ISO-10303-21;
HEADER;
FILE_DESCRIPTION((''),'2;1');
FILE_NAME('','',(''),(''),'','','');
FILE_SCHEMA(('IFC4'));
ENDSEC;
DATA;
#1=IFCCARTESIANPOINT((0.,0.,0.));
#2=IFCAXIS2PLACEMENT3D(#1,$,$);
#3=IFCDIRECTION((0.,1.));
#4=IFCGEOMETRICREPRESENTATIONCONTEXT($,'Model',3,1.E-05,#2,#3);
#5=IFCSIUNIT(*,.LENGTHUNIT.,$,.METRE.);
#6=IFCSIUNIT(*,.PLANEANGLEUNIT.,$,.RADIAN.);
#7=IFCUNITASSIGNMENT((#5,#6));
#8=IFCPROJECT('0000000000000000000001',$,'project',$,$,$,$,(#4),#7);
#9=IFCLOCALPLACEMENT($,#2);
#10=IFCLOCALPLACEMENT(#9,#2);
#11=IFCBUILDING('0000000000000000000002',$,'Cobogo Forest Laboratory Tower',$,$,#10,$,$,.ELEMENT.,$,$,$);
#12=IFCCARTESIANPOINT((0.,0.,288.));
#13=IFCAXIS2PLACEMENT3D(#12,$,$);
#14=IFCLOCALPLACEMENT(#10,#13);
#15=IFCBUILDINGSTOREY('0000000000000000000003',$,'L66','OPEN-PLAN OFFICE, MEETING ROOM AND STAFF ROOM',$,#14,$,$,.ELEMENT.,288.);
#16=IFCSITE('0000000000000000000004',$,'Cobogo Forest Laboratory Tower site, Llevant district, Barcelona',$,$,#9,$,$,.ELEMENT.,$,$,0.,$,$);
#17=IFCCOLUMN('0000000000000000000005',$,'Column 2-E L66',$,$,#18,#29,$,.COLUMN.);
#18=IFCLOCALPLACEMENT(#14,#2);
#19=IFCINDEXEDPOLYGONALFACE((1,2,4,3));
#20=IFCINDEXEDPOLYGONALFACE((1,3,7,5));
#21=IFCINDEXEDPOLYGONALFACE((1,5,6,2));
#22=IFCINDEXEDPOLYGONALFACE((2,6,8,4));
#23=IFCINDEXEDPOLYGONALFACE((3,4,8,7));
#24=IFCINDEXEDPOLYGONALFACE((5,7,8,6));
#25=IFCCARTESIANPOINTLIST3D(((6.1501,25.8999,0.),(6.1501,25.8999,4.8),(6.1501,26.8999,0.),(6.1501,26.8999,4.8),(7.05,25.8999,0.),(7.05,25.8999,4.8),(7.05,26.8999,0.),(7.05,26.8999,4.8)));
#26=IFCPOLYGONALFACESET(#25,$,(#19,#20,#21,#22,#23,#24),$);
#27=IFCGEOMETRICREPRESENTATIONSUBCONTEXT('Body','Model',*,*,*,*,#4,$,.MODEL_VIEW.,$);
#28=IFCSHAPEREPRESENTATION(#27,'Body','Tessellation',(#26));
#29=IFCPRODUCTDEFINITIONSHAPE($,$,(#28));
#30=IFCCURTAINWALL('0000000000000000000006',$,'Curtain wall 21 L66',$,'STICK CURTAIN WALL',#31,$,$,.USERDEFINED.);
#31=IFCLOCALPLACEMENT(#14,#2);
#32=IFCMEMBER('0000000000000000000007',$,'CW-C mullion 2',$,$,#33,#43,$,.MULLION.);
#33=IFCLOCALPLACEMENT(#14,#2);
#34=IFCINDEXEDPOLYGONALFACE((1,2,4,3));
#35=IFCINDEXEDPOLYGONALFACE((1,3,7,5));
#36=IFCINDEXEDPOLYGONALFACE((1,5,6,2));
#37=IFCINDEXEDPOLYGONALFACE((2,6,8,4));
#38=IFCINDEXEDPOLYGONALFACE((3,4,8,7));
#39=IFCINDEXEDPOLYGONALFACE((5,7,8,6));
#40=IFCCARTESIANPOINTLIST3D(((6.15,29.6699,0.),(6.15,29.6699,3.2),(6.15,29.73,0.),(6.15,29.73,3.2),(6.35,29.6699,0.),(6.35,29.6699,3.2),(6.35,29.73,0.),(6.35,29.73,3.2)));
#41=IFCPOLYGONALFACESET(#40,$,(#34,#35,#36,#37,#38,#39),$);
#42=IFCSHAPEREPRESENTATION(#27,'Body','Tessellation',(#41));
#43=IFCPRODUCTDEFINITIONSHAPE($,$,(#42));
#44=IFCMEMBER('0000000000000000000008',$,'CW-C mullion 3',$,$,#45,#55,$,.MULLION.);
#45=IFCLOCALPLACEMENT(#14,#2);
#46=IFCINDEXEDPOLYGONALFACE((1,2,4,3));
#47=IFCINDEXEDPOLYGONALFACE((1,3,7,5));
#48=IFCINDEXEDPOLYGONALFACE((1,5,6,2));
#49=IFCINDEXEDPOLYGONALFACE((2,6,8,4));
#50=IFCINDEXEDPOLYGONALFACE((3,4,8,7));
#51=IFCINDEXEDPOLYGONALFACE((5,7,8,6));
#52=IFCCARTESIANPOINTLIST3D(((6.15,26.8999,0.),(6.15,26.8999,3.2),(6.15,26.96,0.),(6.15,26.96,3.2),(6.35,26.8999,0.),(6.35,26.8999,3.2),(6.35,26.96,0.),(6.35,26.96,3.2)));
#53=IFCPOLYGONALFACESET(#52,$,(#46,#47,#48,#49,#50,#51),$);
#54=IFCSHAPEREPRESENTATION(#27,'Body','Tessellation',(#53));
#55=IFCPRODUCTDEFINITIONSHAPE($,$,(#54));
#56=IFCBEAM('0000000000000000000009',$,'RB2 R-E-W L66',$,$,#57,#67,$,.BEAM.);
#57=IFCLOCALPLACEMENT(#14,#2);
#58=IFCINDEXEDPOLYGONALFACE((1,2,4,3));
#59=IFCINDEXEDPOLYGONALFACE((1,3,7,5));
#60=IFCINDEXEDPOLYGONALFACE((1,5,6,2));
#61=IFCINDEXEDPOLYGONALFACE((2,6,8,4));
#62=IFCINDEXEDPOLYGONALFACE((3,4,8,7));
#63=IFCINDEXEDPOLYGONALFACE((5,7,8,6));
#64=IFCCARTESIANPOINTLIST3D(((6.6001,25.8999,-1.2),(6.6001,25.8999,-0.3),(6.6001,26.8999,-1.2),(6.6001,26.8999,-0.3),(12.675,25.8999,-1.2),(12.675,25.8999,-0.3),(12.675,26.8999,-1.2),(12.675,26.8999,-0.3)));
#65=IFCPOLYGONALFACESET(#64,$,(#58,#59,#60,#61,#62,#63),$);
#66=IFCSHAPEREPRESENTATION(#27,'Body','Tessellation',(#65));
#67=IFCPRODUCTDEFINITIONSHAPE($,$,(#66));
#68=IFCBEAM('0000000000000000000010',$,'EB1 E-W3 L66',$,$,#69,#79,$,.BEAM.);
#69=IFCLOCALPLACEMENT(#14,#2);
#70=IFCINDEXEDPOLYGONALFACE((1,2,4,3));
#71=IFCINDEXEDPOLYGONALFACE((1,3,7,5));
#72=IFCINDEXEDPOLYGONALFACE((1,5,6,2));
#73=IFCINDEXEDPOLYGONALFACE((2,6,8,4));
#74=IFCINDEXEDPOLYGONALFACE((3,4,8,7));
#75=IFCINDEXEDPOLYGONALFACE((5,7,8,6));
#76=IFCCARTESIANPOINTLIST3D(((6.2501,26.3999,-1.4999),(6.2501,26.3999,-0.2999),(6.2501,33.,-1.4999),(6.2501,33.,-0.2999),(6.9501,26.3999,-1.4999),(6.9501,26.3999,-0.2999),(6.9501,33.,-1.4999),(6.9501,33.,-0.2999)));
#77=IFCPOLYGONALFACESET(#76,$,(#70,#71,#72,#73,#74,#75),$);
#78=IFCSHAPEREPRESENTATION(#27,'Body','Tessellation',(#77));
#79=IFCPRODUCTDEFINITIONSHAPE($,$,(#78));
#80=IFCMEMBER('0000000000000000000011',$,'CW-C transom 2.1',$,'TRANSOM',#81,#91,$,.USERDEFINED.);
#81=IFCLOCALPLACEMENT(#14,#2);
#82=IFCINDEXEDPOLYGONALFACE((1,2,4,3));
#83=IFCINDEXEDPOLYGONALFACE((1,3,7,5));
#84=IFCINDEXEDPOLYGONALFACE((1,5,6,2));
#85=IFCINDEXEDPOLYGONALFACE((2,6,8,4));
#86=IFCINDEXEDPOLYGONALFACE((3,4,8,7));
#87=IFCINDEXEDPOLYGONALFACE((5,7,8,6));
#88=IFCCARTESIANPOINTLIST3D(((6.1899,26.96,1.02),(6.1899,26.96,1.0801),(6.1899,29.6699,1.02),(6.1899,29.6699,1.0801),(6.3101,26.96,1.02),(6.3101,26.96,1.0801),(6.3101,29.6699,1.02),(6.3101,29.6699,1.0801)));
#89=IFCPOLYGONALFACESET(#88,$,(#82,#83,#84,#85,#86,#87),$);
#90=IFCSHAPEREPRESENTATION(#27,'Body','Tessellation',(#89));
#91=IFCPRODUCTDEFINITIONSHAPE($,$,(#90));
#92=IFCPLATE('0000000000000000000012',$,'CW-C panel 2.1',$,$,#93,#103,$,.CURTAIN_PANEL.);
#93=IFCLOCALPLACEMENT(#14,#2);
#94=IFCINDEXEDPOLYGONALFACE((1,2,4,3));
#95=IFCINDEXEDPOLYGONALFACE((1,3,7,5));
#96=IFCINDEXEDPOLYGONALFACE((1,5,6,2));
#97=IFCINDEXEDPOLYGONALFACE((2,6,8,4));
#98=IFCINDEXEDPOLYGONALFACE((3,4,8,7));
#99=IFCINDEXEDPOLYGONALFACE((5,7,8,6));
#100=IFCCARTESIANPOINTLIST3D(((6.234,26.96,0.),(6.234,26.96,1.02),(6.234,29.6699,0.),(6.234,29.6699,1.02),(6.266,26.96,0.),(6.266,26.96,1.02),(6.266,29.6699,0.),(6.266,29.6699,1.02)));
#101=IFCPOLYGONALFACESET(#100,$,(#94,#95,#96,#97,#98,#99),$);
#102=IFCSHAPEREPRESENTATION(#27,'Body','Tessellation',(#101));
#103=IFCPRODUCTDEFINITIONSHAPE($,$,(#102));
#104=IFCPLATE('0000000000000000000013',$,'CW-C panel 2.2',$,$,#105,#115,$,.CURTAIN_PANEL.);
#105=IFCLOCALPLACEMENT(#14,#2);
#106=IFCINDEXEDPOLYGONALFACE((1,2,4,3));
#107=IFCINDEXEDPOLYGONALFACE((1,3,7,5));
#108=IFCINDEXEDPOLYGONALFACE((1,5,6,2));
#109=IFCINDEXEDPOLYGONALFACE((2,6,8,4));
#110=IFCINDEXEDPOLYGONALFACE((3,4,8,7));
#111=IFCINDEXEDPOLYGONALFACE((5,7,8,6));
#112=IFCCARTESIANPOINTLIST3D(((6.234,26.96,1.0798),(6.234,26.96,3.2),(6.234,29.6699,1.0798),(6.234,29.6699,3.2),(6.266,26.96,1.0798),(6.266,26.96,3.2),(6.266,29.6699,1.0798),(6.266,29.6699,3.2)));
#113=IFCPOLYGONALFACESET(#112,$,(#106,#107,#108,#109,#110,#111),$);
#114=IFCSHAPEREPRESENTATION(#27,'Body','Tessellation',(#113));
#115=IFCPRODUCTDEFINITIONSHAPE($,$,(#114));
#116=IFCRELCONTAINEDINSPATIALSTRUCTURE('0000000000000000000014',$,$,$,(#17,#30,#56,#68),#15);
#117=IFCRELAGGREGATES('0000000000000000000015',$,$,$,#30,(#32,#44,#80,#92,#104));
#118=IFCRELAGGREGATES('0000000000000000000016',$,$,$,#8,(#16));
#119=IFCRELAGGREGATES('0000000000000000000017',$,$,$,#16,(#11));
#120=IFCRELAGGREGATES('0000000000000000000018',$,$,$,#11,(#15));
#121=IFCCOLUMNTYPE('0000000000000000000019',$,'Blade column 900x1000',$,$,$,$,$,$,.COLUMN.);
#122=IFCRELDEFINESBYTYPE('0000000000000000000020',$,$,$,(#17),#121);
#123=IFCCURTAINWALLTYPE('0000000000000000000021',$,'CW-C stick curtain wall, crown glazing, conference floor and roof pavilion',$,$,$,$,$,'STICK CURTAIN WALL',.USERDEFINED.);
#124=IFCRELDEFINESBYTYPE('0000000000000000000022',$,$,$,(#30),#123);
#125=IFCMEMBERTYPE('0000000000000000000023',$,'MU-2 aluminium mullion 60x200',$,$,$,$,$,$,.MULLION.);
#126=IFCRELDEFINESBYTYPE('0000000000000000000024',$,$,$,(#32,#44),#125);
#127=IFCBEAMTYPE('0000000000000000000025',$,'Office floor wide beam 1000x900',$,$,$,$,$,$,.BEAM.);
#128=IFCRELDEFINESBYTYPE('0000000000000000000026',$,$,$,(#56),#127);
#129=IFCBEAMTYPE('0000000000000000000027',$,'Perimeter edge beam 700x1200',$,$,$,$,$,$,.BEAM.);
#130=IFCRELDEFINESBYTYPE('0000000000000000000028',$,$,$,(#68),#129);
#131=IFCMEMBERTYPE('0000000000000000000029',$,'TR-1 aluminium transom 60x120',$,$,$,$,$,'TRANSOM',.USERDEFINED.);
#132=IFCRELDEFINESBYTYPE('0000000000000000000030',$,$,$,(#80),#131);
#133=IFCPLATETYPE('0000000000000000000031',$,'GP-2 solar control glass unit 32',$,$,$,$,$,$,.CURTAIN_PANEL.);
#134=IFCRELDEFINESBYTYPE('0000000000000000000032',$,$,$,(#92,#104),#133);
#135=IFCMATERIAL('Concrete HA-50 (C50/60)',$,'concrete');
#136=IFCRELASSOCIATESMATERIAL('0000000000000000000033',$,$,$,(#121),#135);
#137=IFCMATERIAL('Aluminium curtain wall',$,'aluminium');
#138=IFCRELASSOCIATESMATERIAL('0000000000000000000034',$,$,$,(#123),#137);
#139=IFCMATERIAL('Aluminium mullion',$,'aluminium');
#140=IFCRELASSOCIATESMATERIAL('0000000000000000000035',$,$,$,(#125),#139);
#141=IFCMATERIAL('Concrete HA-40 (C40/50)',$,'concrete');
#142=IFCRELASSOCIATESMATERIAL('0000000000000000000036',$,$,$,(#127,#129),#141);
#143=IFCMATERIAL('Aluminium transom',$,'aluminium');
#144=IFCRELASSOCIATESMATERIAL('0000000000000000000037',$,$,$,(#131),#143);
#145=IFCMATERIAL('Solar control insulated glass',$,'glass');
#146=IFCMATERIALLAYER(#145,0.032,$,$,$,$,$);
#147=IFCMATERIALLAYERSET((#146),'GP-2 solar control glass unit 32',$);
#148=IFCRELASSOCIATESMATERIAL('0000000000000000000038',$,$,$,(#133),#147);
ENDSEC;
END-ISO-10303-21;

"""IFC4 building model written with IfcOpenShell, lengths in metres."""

from ifc_helpers import new_model, si_unit, direction, frame, origin, origin_2d, place, context, subcontext, project, spatial, rectangle, extrude, material, layer, layer_set, material_profile, profile_set, type_object, element, aggregate, save


model = new_model("IFC4")

# Units and contexts
model_context = context("Model", 3, precision=1e-05, world=origin(), true_north=direction((0.0, 1.0)))
body_context = subcontext(model_context, "Body", "Model", "MODEL_VIEW")
ifc_project = project(units=[si_unit("LENGTHUNIT", "METRE"), si_unit("PLANEANGLEUNIT", "RADIAN")], contexts=[model_context])

# Site, building, storey
site_placement = place(None, origin())
site = spatial("IfcSite", under=ifc_project, at=site_placement, Name="Cobogo Forest Laboratory Tower site, Llevant district, Barcelona", CompositionType="ELEMENT", RefElevation=0.0)
building_placement = place(site_placement, origin())
building = spatial("IfcBuilding", under=site, at=building_placement, Name="Cobogo Forest Laboratory Tower", CompositionType="ELEMENT")
storey_placement = place(building_placement, frame((0.0, 0.0, 288.0)))
storey = spatial("IfcBuildingStorey", under=building, at=storey_placement, Name="L66", Description="OPEN-PLAN OFFICE, MEETING ROOM AND STAFF ROOM", CompositionType="ELEMENT", Elevation=288.0)

# Column
ifc_material_1 = material(Name="Concrete HA-50 (C50/60)", Category="concrete")
ifc_material_profile_1 = material_profile(ifc_material_1, rectangle(XDim=1.0, YDim=0.8999, at=origin_2d()), Name="RC 900x1000")
ifc_profile_set_1 = profile_set([ifc_material_profile_1], Name="Concrete HA-50 (C50/60)")
column_type = type_object("IfcColumnType", Name="Blade column 900x1000", PredefinedType="COLUMN", material=ifc_profile_set_1)
column_placement = place(storey_placement, frame((6.6001, 26.3999, 0.0), z_axis=(0.0, 0.0, 1.0), x_axis=(0.0, 1.0, 0.0)))
element("IfcColumn", 1, at=column_placement, inside=storey, type_object=column_type, Name="Column 2-E L66", PredefinedType="COLUMN", context=body_context, shape_type="SweptSolid", body=[
    extrude(rectangle(XDim=1.0, YDim=0.8999, at=origin_2d()), origin(), (0.0, 0.0, 1.0), 4.8),
])

# Curtain wall, members
ifc_material_2 = material(Name="Aluminium curtain wall", Category="aluminium")
curtain_wall_type = type_object("IfcCurtainWallType", Name="CW-C stick curtain wall, crown glazing, conference floor and roof pavilion", ElementType="STICK CURTAIN WALL", PredefinedType="USERDEFINED", material=ifc_material_2)
curtain_wall_placement = place(storey_placement, origin())
curtain_wall = element("IfcCurtainWall", 2, at=curtain_wall_placement, inside=storey, type_object=curtain_wall_type, Name="Curtain wall 21 L66", ObjectType="STICK CURTAIN WALL", PredefinedType="USERDEFINED")
ifc_material_3 = material(Name="Aluminium mullion", Category="aluminium")
ifc_material_profile_2 = material_profile(ifc_material_3, rectangle(XDim=0.0601, YDim=0.2, at=origin_2d()), Name="AL 60x200")
ifc_profile_set_2 = profile_set([ifc_material_profile_2], Name="Aluminium mullion")
member_type_1 = type_object("IfcMemberType", Name="MU-2 aluminium mullion 60x200", PredefinedType="MULLION", material=ifc_profile_set_2)
member_1_placement = place(storey_placement, frame((6.25, 29.7, 0.0), z_axis=(0.0, 0.0, 1.0), x_axis=(0.0, -1.0, 0.0)))
member_1 = element("IfcMember", 3, at=member_1_placement, type_object=member_type_1, Name="CW-C mullion 2", PredefinedType="MULLION", context=body_context, shape_type="SweptSolid", body=[
    extrude(rectangle(XDim=0.0601, YDim=0.2, at=origin_2d()), origin(), (0.0, 0.0, 1.0), 3.2),
])
member_2_placement = place(storey_placement, frame((6.25, 26.9299, 0.0), z_axis=(0.0, 0.0, 1.0), x_axis=(0.0, -1.0, 0.0)))
member_2 = element("IfcMember", 4, at=member_2_placement, type_object=member_type_1, Name="CW-C mullion 3", PredefinedType="MULLION", context=body_context, shape_type="SweptSolid", body=[
    extrude(rectangle(XDim=0.0601, YDim=0.2, at=origin_2d()), origin(), (0.0, 0.0, 1.0), 3.2),
])

# Beams
ifc_material_4 = material(Name="Concrete HA-40 (C40/50)", Category="concrete")
ifc_material_profile_3 = material_profile(ifc_material_4, rectangle(XDim=1.0, YDim=0.8999, at=origin_2d()), Name="RC 1000x900")
ifc_profile_set_3 = profile_set([ifc_material_profile_3], Name="Concrete HA-40 (C40/50)")
beam_type_1 = type_object("IfcBeamType", Name="Office floor wide beam 1000x900", PredefinedType="BEAM", material=ifc_profile_set_3)
beam_1_placement = place(storey_placement, frame((12.675, 26.3999, -0.75), z_axis=(-1.0, 0.0, 0.0), x_axis=(0.0, -1.0, 0.0)))
element("IfcBeam", 5, at=beam_1_placement, inside=storey, type_object=beam_type_1, Name="RB2 R-E-W L66", PredefinedType="BEAM", context=body_context, shape_type="SweptSolid", body=[
    extrude(rectangle(XDim=1.0, YDim=0.8999, at=origin_2d()), origin(), (0.0, 0.0, 1.0), 6.075),
])
ifc_material_profile_4 = material_profile(ifc_material_4, rectangle(XDim=0.7, YDim=1.2, at=origin_2d()), Name="RC 700x1200")
ifc_profile_set_4 = profile_set([ifc_material_profile_4], Name="Concrete HA-40 (C40/50)")
beam_type_2 = type_object("IfcBeamType", Name="Perimeter edge beam 700x1200", PredefinedType="BEAM", material=ifc_profile_set_4)
beam_2_placement = place(storey_placement, frame((6.6001, 26.3999, -0.8999), z_axis=(0.0, 1.0, 0.0), x_axis=(-1.0, 0.0, 0.0)))
element("IfcBeam", 6, at=beam_2_placement, inside=storey, type_object=beam_type_2, Name="EB1 E-W3 L66", PredefinedType="BEAM", context=body_context, shape_type="SweptSolid", body=[
    extrude(rectangle(XDim=0.7, YDim=1.2, at=origin_2d()), origin(), (0.0, 0.0, 1.0), 6.6001),
])

# Member
ifc_material_5 = material(Name="Aluminium transom", Category="aluminium")
ifc_material_profile_5 = material_profile(ifc_material_5, rectangle(XDim=0.1201, YDim=0.0601, at=origin_2d()), Name="AL 60x120")
ifc_profile_set_5 = profile_set([ifc_material_profile_5], Name="Aluminium transom")
member_type_2 = type_object("IfcMemberType", Name="TR-1 aluminium transom 60x120", ElementType="TRANSOM", PredefinedType="USERDEFINED", material=ifc_profile_set_5)
member_3_placement = place(storey_placement, frame((6.25, 29.6699, 1.05), z_axis=(0.0, -1.0, 0.0), x_axis=(1.0, 0.0, 0.0)))
member_3 = element("IfcMember", 7, at=member_3_placement, type_object=member_type_2, Name="CW-C transom 2.1", ObjectType="TRANSOM", PredefinedType="USERDEFINED", context=body_context, shape_type="SweptSolid", body=[
    extrude(rectangle(XDim=0.1201, YDim=0.0601, at=origin_2d()), origin(), (0.0, 0.0, 1.0), 2.71),
])

# Plates
ifc_material_6 = material(Name="Solar control insulated glass", Category="glass")
ifc_layer_1 = layer(ifc_material_6, 0.032)
ifc_layer_set_1 = layer_set([ifc_layer_1], Name="GP-2 solar control glass unit 32")
plate_type = type_object("IfcPlateType", Name="GP-2 solar control glass unit 32", PredefinedType="CURTAIN_PANEL", material=ifc_layer_set_1)
plate_1_placement = place(storey_placement, frame((6.25, 28.3149, 0.0), z_axis=(0.0, 0.0, 1.0), x_axis=(0.0, -1.0, 0.0)))
plate_1 = element("IfcPlate", 8, at=plate_1_placement, type_object=plate_type, Name="CW-C panel 2.1", PredefinedType="CURTAIN_PANEL", context=body_context, shape_type="SweptSolid", body=[
    extrude(rectangle(XDim=2.71, YDim=0.032, at=origin_2d()), origin(), (0.0, 0.0, 1.0), 1.02),
])
plate_2_placement = place(storey_placement, frame((6.25, 28.3149, 1.0798), z_axis=(0.0, 0.0, 1.0), x_axis=(0.0, -1.0, 0.0)))
plate_2 = element("IfcPlate", 9, at=plate_2_placement, type_object=plate_type, Name="CW-C panel 2.2", PredefinedType="CURTAIN_PANEL", context=body_context, shape_type="SweptSolid", body=[
    extrude(rectangle(XDim=2.71, YDim=0.032, at=origin_2d()), origin(), (0.0, 0.0, 1.0), 2.1201),
])
aggregate(curtain_wall, [member_1, member_2, member_3, plate_1, plate_2])

save(model, "model.ifc")
